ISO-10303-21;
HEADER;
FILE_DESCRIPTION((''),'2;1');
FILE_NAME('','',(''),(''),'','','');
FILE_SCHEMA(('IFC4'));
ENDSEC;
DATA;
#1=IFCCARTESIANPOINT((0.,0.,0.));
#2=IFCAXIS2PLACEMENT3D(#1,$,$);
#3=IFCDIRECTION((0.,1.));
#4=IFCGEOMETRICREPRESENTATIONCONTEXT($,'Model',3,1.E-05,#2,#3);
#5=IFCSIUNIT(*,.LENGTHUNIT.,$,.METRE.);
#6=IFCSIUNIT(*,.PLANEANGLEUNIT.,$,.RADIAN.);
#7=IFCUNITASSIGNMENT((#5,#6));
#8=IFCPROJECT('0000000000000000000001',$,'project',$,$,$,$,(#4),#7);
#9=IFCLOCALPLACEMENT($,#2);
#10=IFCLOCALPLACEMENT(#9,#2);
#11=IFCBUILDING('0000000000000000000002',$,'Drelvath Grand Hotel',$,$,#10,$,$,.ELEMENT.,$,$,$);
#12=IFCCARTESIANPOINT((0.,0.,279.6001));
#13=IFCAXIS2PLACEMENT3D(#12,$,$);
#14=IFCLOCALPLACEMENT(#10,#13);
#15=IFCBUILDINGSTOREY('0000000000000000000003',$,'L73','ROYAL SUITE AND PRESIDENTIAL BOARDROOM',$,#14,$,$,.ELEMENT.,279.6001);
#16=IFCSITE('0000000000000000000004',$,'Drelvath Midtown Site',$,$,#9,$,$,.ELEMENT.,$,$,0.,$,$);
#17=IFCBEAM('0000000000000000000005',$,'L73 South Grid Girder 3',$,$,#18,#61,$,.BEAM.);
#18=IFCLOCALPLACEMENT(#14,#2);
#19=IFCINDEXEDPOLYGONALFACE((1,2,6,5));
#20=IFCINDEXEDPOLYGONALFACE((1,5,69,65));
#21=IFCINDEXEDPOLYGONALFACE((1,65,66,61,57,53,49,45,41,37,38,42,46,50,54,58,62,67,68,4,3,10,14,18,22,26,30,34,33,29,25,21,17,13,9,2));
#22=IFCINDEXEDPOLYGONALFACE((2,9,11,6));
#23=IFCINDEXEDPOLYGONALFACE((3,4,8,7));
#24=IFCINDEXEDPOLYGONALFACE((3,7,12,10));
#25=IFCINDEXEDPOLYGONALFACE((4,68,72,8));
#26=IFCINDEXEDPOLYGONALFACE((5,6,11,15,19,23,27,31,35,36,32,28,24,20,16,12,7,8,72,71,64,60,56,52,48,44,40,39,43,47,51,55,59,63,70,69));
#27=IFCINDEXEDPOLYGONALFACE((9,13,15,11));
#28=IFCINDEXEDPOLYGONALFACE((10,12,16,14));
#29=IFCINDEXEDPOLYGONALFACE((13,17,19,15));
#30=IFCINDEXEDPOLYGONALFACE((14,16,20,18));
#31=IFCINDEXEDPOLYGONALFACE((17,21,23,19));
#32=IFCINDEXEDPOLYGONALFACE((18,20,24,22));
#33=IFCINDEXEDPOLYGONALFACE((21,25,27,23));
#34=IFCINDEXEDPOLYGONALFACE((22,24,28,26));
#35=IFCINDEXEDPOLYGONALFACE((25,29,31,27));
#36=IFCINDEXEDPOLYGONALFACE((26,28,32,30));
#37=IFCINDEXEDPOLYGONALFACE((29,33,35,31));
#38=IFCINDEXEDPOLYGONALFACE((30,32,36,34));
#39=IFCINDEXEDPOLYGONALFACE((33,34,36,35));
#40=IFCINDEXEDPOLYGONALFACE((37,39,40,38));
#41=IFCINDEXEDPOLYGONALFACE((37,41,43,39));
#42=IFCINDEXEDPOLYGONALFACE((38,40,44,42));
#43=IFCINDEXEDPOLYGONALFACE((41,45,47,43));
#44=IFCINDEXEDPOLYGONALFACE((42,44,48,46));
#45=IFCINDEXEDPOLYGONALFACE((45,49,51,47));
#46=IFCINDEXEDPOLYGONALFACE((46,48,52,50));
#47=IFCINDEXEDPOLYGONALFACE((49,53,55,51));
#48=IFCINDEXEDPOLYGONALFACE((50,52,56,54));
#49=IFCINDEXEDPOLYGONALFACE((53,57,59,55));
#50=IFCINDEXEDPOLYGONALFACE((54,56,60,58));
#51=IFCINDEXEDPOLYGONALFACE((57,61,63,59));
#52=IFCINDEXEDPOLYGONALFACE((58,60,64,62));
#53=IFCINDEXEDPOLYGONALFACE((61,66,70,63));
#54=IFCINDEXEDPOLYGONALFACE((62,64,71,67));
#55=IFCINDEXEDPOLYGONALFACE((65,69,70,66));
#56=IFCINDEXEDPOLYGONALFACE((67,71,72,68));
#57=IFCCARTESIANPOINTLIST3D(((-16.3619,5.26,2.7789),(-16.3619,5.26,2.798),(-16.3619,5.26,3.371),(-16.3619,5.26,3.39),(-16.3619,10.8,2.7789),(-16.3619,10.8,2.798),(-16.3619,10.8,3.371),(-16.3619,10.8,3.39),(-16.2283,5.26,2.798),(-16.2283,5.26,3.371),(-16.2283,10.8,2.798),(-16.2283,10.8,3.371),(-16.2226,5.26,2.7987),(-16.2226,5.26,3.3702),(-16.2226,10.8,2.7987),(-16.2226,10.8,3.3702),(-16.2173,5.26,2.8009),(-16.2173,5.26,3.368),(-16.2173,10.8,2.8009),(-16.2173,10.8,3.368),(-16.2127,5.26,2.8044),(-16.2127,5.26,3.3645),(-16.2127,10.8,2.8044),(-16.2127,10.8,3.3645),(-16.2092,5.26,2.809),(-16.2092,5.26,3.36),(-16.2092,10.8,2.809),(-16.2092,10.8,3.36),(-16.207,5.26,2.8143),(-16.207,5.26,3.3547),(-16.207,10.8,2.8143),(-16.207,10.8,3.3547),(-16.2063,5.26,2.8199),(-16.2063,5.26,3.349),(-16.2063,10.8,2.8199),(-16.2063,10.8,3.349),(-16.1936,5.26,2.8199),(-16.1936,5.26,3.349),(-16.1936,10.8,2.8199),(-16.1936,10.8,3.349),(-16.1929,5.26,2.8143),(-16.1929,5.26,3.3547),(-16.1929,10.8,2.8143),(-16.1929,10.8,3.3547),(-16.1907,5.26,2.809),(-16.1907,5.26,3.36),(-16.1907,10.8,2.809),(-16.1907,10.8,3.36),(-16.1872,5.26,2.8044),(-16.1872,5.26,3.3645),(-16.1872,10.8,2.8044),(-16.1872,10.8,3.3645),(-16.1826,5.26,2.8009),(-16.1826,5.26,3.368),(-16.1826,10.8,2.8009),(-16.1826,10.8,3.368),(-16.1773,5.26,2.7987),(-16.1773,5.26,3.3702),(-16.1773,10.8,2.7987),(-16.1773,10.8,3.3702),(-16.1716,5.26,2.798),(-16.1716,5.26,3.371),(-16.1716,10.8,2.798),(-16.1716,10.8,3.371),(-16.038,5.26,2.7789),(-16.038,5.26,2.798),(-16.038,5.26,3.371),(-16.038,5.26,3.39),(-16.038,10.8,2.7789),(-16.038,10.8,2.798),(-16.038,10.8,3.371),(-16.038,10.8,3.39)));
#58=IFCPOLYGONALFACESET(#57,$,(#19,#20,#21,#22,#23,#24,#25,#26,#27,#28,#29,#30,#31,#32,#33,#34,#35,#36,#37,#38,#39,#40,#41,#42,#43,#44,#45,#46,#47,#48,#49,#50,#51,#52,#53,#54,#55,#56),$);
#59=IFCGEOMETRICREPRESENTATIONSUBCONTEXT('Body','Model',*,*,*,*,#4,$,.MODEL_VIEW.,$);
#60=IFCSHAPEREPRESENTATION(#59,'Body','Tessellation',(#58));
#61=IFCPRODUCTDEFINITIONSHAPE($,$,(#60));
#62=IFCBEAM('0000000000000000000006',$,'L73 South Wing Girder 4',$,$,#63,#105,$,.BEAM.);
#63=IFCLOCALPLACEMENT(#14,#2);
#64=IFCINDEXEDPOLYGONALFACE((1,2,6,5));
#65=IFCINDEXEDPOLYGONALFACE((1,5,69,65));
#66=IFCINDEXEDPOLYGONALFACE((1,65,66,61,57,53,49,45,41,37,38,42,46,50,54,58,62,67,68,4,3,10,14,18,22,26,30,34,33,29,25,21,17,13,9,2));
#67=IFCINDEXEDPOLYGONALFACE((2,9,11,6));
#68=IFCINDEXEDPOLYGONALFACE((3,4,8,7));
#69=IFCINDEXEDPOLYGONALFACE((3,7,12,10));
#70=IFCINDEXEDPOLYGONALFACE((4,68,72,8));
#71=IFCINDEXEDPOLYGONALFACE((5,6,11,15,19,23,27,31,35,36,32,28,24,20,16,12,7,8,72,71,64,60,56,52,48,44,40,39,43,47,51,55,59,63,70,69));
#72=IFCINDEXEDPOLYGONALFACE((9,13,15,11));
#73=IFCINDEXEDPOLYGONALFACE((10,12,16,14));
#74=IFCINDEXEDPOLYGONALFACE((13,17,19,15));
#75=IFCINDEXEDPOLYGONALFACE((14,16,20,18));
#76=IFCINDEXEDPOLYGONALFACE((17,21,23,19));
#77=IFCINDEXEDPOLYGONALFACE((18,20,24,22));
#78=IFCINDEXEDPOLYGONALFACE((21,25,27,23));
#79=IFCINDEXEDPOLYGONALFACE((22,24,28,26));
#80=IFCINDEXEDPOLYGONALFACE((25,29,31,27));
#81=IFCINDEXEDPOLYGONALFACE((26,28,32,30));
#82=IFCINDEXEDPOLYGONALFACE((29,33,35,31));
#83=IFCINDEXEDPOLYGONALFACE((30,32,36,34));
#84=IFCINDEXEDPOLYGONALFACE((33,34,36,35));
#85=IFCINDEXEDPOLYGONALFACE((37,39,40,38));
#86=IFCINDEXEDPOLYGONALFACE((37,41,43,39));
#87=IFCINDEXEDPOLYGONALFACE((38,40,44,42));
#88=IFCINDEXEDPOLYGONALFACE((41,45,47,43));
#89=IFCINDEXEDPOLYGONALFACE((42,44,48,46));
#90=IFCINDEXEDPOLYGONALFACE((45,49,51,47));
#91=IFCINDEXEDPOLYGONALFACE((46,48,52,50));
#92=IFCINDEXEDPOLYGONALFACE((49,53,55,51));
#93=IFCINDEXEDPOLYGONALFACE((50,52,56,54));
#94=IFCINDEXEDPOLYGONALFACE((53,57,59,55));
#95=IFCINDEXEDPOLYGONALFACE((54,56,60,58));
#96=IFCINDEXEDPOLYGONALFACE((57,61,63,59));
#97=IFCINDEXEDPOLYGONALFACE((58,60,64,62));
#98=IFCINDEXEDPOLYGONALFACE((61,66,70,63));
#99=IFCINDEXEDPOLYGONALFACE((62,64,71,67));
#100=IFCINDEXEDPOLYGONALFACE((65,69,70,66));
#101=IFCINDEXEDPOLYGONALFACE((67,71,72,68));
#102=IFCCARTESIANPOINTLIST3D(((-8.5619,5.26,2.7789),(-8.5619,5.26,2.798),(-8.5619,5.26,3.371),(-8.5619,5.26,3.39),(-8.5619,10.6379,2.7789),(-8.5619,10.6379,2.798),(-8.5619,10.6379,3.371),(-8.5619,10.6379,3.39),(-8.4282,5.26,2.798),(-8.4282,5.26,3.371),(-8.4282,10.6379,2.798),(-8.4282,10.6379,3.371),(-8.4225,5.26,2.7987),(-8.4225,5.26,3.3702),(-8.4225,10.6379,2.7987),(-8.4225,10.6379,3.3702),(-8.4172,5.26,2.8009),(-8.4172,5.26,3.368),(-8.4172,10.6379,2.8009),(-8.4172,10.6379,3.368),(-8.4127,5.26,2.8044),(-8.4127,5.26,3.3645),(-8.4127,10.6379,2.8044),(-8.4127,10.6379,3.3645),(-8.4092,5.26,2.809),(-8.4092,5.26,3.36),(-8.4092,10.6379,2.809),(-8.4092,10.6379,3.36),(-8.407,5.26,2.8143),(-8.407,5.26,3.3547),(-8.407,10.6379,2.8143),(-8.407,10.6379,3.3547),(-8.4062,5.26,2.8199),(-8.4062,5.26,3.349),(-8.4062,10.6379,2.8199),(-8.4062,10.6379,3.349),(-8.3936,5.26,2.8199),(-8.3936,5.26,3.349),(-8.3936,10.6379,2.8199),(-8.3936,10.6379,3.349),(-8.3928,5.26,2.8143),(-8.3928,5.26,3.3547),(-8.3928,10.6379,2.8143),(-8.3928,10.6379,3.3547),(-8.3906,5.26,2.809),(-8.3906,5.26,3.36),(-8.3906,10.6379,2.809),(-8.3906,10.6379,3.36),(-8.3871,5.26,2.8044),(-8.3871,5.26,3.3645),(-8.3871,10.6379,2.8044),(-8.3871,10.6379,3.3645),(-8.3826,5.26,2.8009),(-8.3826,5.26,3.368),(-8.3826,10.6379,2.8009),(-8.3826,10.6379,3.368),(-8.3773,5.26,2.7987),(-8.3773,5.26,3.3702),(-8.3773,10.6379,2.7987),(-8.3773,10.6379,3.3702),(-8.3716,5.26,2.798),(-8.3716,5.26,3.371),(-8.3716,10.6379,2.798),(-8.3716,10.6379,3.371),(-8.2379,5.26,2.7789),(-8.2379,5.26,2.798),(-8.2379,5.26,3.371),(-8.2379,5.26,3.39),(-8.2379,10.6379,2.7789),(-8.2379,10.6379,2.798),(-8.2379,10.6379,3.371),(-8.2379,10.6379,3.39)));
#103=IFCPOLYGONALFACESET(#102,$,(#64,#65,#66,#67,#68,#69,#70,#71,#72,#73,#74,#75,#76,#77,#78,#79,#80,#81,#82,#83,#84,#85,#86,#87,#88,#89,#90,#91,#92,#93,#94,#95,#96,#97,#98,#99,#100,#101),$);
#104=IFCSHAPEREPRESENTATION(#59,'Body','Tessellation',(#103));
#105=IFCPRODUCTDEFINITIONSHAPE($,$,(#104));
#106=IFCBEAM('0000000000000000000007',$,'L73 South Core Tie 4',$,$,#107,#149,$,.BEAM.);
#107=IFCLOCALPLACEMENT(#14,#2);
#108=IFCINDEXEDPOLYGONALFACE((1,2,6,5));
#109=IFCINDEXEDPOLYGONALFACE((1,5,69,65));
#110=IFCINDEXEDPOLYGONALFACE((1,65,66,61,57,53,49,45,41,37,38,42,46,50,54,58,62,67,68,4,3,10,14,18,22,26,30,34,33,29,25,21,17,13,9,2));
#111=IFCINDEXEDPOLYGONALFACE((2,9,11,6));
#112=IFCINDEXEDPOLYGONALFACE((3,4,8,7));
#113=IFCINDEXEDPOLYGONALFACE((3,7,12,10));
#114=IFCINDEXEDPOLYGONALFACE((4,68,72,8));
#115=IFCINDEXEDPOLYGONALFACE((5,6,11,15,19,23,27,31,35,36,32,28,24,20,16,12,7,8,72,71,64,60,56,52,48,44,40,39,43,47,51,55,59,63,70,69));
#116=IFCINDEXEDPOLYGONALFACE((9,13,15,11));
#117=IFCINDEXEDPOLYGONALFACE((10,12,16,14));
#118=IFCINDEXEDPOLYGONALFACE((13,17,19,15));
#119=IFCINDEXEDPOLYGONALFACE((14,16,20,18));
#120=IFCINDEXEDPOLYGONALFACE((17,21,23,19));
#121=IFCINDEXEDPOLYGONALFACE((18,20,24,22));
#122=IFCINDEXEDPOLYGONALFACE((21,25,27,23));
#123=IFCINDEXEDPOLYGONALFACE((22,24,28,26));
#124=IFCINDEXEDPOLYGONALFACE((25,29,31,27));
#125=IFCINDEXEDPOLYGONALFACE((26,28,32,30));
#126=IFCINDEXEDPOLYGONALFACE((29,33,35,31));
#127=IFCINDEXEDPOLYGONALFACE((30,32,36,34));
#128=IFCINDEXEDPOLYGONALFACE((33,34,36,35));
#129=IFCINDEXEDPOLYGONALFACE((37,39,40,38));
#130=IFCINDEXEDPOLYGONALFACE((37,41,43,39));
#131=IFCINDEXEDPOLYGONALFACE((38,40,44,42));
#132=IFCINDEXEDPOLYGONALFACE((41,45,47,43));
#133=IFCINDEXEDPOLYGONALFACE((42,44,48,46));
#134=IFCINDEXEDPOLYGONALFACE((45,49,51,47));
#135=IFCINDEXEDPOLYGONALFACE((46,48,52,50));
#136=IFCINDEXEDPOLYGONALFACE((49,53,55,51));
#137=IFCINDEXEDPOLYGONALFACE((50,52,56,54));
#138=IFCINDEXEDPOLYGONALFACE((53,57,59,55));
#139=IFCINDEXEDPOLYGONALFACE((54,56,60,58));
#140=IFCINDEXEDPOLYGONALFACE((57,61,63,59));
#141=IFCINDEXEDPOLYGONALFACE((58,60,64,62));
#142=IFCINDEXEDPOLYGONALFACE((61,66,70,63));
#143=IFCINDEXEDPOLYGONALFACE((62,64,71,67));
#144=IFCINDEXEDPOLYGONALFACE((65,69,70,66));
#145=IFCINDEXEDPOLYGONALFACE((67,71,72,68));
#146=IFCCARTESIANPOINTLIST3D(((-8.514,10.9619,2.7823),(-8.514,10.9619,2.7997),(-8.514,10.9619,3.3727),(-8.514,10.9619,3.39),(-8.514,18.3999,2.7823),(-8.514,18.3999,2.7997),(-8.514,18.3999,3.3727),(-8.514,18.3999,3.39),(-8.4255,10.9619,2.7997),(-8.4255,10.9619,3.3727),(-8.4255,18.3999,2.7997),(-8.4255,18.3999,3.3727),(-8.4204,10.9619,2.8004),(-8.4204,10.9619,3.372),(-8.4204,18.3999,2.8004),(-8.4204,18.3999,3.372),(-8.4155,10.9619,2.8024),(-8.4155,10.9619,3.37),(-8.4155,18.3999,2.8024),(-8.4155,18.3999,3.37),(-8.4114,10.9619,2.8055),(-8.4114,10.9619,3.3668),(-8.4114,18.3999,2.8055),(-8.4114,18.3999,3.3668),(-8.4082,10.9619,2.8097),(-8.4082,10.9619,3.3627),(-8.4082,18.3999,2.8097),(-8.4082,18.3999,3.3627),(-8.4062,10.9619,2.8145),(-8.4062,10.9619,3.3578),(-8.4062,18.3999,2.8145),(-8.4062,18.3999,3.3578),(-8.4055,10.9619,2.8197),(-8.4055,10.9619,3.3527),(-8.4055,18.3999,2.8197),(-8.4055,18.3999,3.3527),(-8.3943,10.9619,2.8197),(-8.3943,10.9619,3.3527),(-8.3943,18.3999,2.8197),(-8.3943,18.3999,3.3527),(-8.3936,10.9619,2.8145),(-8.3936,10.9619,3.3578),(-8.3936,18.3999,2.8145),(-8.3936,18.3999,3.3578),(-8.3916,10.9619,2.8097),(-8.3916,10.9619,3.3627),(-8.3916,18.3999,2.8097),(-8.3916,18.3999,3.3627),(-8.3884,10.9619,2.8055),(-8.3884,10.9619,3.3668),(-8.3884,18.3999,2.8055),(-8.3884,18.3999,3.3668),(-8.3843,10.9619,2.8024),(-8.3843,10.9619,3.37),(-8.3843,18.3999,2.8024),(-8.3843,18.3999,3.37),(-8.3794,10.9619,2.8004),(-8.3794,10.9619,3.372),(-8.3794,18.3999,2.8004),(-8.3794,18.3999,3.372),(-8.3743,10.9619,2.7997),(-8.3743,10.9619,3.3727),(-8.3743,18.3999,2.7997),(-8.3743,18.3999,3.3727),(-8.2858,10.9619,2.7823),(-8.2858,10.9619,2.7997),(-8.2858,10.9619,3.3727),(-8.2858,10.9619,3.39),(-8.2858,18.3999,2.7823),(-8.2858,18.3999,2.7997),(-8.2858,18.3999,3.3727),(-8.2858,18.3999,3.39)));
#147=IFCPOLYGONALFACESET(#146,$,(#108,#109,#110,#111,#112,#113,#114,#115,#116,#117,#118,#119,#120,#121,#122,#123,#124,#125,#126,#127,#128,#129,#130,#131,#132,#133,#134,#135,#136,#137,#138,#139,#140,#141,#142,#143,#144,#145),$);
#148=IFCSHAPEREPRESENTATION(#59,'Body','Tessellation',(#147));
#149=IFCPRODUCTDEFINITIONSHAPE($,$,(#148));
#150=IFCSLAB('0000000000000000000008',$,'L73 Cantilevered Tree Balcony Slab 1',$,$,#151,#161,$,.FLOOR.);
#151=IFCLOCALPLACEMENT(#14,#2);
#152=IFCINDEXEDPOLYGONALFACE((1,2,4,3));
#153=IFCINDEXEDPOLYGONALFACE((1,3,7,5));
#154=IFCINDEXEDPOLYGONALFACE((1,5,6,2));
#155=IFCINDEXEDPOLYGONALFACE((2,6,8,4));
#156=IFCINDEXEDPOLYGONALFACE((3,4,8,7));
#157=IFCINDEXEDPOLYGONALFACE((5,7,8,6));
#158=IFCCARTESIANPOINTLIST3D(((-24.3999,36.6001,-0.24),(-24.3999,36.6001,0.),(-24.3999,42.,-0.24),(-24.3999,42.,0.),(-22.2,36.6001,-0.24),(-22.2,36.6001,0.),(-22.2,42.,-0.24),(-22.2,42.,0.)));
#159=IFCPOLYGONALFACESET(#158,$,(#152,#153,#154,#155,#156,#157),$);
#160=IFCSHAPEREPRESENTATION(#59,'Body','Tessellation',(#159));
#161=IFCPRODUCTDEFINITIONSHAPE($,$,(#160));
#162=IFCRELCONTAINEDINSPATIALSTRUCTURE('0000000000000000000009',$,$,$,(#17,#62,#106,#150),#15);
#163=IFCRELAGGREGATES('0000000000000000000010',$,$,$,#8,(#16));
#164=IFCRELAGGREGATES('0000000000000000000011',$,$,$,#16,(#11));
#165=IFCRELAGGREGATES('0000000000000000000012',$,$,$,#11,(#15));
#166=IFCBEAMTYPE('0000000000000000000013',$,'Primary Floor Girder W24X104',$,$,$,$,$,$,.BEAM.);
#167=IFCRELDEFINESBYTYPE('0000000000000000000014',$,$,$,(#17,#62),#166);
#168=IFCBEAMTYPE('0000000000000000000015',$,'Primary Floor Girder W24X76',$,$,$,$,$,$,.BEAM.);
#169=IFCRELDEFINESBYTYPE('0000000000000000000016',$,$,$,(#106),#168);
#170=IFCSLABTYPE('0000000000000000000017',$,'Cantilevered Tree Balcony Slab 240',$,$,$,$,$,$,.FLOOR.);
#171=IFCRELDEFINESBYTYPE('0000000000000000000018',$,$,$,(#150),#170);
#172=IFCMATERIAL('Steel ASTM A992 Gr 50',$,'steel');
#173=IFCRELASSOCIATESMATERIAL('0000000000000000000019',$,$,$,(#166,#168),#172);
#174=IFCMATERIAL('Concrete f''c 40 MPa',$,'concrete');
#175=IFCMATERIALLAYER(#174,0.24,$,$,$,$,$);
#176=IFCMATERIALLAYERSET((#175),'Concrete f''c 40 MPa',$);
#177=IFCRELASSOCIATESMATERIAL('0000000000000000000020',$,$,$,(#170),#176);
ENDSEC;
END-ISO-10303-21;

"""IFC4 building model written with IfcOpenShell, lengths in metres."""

from ifc_helpers import new_model, si_unit, direction, frame, origin, origin_2d, place, context, subcontext, project, spatial, polyline, i_section, outline, extrude, material, layer, layer_set, material_profile, profile_set, type_object, element, save


model = new_model("IFC4")

# Units and contexts
model_context = context("Model", 3, precision=1e-05, world=origin(), true_north=direction((0.0, 1.0)))
body_context = subcontext(model_context, "Body", "Model", "MODEL_VIEW")
ifc_project = project(units=[si_unit("LENGTHUNIT", "METRE"), si_unit("PLANEANGLEUNIT", "RADIAN")], contexts=[model_context])

# Site, building, storey
site_placement = place(None, origin())
site = spatial("IfcSite", under=ifc_project, at=site_placement, Name="Drelvath Midtown Site", CompositionType="ELEMENT", RefElevation=0.0)
building_placement = place(site_placement, origin())
building = spatial("IfcBuilding", under=site, at=building_placement, Name="Drelvath Grand Hotel", CompositionType="ELEMENT")
storey_placement = place(building_placement, frame((0.0, 0.0, 279.6001)))
storey = spatial("IfcBuildingStorey", under=building, at=storey_placement, Name="L73", Description="ROYAL SUITE AND PRESIDENTIAL BOARDROOM", CompositionType="ELEMENT", Elevation=279.6001)

# Shared definitions
ifc_material_1 = material(Name="Steel ASTM A992 Gr 50", Category="steel")

# Beams
ifc_material_profile_1 = material_profile(ifc_material_1, i_section(OverallWidth=0.324, OverallDepth=0.6111, WebThickness=0.0127, FlangeThickness=0.019, FilletRadius=0.022, at=origin_2d()), Name="W24X104")
ifc_profile_set_1 = profile_set([ifc_material_profile_1], Name="Steel ASTM A992 Gr 50")
beam_type_1 = type_object("IfcBeamType", Name="Primary Floor Girder W24X104", PredefinedType="BEAM", material=ifc_profile_set_1)
for number, where, z_axis, x_axis, name in (
    (1, (-16.2, 5.26, 3.0845), (0.0, 1.0, 0.0), (-1.0, 0.0, 0.0), "L73 South Grid Girder 3"),
):
    element("IfcBeam", number, at=place(storey_placement, frame(where, z_axis=z_axis, x_axis=x_axis)), inside=storey, type_object=beam_type_1, Name=name, PredefinedType="BEAM", context=body_context, shape_type="SweptSolid", body=[
        extrude(i_section(OverallWidth=0.324, OverallDepth=0.6111, WebThickness=0.0127, FlangeThickness=0.019, FilletRadius=0.022, at=origin_2d()), origin(), (0.0, 0.0, 1.0), 5.54),
    ])
beam_1_placement = place(storey_placement, frame((-8.3999, 5.26, 3.0845), z_axis=(0.0, 1.0, 0.0), x_axis=(-1.0, 0.0, 0.0)))
element("IfcBeam", 2, at=beam_1_placement, inside=storey, type_object=beam_type_1, Name="L73 South Wing Girder 4", PredefinedType="BEAM", context=body_context, shape_type="SweptSolid", body=[
    extrude(i_section(OverallWidth=0.324, OverallDepth=0.6111, WebThickness=0.0127, FlangeThickness=0.019, FilletRadius=0.022, at=origin_2d()), origin(), (0.0, 0.0, 1.0), 5.3779),
])
ifc_material_profile_2 = material_profile(ifc_material_1, i_section(OverallWidth=0.2283, OverallDepth=0.6077, WebThickness=0.0112, FlangeThickness=0.0173, FilletRadius=0.02, at=origin_2d()), Name="W24X76")
ifc_profile_set_2 = profile_set([ifc_material_profile_2], Name="Steel ASTM A992 Gr 50")
beam_type_2 = type_object("IfcBeamType", Name="Primary Floor Girder W24X76", PredefinedType="BEAM", material=ifc_profile_set_2)
beam_2_placement = place(storey_placement, frame((-8.3999, 10.9619, 3.0862), z_axis=(0.0, 1.0, 0.0), x_axis=(-1.0, 0.0, 0.0)))
element("IfcBeam", 3, at=beam_2_placement, inside=storey, type_object=beam_type_2, Name="L73 South Core Tie 4", PredefinedType="BEAM", context=body_context, shape_type="SweptSolid", body=[
    extrude(i_section(OverallWidth=0.2283, OverallDepth=0.6077, WebThickness=0.0112, FlangeThickness=0.0173, FilletRadius=0.02, at=origin_2d()), origin(), (0.0, 0.0, 1.0), 7.438),
])

# Slab
ifc_material_2 = material(Name="Concrete f'c 40 MPa", Category="concrete")
ifc_layer_1 = layer(ifc_material_2, 0.24)
ifc_layer_set_1 = layer_set([ifc_layer_1], Name="Concrete f'c 40 MPa")
slab_type_1 = type_object("IfcSlabType", Name="Cantilevered Tree Balcony Slab 240", PredefinedType="FLOOR", material=ifc_layer_set_1)
slab_1_placement = place(storey_placement, frame((0.0, 0.0, -0.24)))
element("IfcSlab", 4, at=slab_1_placement, inside=storey, type_object=slab_type_1, Name="L73 Cantilevered Tree Balcony Slab 1", PredefinedType="FLOOR", context=body_context, shape_type="SweptSolid", body=[
    extrude(outline(polyline([(-24.3999, 36.6001), (-22.2, 36.6001), (-22.2, 42.0), (-24.3999, 42.0), (-24.3999, 36.6001)])), origin(), (0.0, 0.0, 1.0), 0.24),
])

save(model, "model.ifc")
